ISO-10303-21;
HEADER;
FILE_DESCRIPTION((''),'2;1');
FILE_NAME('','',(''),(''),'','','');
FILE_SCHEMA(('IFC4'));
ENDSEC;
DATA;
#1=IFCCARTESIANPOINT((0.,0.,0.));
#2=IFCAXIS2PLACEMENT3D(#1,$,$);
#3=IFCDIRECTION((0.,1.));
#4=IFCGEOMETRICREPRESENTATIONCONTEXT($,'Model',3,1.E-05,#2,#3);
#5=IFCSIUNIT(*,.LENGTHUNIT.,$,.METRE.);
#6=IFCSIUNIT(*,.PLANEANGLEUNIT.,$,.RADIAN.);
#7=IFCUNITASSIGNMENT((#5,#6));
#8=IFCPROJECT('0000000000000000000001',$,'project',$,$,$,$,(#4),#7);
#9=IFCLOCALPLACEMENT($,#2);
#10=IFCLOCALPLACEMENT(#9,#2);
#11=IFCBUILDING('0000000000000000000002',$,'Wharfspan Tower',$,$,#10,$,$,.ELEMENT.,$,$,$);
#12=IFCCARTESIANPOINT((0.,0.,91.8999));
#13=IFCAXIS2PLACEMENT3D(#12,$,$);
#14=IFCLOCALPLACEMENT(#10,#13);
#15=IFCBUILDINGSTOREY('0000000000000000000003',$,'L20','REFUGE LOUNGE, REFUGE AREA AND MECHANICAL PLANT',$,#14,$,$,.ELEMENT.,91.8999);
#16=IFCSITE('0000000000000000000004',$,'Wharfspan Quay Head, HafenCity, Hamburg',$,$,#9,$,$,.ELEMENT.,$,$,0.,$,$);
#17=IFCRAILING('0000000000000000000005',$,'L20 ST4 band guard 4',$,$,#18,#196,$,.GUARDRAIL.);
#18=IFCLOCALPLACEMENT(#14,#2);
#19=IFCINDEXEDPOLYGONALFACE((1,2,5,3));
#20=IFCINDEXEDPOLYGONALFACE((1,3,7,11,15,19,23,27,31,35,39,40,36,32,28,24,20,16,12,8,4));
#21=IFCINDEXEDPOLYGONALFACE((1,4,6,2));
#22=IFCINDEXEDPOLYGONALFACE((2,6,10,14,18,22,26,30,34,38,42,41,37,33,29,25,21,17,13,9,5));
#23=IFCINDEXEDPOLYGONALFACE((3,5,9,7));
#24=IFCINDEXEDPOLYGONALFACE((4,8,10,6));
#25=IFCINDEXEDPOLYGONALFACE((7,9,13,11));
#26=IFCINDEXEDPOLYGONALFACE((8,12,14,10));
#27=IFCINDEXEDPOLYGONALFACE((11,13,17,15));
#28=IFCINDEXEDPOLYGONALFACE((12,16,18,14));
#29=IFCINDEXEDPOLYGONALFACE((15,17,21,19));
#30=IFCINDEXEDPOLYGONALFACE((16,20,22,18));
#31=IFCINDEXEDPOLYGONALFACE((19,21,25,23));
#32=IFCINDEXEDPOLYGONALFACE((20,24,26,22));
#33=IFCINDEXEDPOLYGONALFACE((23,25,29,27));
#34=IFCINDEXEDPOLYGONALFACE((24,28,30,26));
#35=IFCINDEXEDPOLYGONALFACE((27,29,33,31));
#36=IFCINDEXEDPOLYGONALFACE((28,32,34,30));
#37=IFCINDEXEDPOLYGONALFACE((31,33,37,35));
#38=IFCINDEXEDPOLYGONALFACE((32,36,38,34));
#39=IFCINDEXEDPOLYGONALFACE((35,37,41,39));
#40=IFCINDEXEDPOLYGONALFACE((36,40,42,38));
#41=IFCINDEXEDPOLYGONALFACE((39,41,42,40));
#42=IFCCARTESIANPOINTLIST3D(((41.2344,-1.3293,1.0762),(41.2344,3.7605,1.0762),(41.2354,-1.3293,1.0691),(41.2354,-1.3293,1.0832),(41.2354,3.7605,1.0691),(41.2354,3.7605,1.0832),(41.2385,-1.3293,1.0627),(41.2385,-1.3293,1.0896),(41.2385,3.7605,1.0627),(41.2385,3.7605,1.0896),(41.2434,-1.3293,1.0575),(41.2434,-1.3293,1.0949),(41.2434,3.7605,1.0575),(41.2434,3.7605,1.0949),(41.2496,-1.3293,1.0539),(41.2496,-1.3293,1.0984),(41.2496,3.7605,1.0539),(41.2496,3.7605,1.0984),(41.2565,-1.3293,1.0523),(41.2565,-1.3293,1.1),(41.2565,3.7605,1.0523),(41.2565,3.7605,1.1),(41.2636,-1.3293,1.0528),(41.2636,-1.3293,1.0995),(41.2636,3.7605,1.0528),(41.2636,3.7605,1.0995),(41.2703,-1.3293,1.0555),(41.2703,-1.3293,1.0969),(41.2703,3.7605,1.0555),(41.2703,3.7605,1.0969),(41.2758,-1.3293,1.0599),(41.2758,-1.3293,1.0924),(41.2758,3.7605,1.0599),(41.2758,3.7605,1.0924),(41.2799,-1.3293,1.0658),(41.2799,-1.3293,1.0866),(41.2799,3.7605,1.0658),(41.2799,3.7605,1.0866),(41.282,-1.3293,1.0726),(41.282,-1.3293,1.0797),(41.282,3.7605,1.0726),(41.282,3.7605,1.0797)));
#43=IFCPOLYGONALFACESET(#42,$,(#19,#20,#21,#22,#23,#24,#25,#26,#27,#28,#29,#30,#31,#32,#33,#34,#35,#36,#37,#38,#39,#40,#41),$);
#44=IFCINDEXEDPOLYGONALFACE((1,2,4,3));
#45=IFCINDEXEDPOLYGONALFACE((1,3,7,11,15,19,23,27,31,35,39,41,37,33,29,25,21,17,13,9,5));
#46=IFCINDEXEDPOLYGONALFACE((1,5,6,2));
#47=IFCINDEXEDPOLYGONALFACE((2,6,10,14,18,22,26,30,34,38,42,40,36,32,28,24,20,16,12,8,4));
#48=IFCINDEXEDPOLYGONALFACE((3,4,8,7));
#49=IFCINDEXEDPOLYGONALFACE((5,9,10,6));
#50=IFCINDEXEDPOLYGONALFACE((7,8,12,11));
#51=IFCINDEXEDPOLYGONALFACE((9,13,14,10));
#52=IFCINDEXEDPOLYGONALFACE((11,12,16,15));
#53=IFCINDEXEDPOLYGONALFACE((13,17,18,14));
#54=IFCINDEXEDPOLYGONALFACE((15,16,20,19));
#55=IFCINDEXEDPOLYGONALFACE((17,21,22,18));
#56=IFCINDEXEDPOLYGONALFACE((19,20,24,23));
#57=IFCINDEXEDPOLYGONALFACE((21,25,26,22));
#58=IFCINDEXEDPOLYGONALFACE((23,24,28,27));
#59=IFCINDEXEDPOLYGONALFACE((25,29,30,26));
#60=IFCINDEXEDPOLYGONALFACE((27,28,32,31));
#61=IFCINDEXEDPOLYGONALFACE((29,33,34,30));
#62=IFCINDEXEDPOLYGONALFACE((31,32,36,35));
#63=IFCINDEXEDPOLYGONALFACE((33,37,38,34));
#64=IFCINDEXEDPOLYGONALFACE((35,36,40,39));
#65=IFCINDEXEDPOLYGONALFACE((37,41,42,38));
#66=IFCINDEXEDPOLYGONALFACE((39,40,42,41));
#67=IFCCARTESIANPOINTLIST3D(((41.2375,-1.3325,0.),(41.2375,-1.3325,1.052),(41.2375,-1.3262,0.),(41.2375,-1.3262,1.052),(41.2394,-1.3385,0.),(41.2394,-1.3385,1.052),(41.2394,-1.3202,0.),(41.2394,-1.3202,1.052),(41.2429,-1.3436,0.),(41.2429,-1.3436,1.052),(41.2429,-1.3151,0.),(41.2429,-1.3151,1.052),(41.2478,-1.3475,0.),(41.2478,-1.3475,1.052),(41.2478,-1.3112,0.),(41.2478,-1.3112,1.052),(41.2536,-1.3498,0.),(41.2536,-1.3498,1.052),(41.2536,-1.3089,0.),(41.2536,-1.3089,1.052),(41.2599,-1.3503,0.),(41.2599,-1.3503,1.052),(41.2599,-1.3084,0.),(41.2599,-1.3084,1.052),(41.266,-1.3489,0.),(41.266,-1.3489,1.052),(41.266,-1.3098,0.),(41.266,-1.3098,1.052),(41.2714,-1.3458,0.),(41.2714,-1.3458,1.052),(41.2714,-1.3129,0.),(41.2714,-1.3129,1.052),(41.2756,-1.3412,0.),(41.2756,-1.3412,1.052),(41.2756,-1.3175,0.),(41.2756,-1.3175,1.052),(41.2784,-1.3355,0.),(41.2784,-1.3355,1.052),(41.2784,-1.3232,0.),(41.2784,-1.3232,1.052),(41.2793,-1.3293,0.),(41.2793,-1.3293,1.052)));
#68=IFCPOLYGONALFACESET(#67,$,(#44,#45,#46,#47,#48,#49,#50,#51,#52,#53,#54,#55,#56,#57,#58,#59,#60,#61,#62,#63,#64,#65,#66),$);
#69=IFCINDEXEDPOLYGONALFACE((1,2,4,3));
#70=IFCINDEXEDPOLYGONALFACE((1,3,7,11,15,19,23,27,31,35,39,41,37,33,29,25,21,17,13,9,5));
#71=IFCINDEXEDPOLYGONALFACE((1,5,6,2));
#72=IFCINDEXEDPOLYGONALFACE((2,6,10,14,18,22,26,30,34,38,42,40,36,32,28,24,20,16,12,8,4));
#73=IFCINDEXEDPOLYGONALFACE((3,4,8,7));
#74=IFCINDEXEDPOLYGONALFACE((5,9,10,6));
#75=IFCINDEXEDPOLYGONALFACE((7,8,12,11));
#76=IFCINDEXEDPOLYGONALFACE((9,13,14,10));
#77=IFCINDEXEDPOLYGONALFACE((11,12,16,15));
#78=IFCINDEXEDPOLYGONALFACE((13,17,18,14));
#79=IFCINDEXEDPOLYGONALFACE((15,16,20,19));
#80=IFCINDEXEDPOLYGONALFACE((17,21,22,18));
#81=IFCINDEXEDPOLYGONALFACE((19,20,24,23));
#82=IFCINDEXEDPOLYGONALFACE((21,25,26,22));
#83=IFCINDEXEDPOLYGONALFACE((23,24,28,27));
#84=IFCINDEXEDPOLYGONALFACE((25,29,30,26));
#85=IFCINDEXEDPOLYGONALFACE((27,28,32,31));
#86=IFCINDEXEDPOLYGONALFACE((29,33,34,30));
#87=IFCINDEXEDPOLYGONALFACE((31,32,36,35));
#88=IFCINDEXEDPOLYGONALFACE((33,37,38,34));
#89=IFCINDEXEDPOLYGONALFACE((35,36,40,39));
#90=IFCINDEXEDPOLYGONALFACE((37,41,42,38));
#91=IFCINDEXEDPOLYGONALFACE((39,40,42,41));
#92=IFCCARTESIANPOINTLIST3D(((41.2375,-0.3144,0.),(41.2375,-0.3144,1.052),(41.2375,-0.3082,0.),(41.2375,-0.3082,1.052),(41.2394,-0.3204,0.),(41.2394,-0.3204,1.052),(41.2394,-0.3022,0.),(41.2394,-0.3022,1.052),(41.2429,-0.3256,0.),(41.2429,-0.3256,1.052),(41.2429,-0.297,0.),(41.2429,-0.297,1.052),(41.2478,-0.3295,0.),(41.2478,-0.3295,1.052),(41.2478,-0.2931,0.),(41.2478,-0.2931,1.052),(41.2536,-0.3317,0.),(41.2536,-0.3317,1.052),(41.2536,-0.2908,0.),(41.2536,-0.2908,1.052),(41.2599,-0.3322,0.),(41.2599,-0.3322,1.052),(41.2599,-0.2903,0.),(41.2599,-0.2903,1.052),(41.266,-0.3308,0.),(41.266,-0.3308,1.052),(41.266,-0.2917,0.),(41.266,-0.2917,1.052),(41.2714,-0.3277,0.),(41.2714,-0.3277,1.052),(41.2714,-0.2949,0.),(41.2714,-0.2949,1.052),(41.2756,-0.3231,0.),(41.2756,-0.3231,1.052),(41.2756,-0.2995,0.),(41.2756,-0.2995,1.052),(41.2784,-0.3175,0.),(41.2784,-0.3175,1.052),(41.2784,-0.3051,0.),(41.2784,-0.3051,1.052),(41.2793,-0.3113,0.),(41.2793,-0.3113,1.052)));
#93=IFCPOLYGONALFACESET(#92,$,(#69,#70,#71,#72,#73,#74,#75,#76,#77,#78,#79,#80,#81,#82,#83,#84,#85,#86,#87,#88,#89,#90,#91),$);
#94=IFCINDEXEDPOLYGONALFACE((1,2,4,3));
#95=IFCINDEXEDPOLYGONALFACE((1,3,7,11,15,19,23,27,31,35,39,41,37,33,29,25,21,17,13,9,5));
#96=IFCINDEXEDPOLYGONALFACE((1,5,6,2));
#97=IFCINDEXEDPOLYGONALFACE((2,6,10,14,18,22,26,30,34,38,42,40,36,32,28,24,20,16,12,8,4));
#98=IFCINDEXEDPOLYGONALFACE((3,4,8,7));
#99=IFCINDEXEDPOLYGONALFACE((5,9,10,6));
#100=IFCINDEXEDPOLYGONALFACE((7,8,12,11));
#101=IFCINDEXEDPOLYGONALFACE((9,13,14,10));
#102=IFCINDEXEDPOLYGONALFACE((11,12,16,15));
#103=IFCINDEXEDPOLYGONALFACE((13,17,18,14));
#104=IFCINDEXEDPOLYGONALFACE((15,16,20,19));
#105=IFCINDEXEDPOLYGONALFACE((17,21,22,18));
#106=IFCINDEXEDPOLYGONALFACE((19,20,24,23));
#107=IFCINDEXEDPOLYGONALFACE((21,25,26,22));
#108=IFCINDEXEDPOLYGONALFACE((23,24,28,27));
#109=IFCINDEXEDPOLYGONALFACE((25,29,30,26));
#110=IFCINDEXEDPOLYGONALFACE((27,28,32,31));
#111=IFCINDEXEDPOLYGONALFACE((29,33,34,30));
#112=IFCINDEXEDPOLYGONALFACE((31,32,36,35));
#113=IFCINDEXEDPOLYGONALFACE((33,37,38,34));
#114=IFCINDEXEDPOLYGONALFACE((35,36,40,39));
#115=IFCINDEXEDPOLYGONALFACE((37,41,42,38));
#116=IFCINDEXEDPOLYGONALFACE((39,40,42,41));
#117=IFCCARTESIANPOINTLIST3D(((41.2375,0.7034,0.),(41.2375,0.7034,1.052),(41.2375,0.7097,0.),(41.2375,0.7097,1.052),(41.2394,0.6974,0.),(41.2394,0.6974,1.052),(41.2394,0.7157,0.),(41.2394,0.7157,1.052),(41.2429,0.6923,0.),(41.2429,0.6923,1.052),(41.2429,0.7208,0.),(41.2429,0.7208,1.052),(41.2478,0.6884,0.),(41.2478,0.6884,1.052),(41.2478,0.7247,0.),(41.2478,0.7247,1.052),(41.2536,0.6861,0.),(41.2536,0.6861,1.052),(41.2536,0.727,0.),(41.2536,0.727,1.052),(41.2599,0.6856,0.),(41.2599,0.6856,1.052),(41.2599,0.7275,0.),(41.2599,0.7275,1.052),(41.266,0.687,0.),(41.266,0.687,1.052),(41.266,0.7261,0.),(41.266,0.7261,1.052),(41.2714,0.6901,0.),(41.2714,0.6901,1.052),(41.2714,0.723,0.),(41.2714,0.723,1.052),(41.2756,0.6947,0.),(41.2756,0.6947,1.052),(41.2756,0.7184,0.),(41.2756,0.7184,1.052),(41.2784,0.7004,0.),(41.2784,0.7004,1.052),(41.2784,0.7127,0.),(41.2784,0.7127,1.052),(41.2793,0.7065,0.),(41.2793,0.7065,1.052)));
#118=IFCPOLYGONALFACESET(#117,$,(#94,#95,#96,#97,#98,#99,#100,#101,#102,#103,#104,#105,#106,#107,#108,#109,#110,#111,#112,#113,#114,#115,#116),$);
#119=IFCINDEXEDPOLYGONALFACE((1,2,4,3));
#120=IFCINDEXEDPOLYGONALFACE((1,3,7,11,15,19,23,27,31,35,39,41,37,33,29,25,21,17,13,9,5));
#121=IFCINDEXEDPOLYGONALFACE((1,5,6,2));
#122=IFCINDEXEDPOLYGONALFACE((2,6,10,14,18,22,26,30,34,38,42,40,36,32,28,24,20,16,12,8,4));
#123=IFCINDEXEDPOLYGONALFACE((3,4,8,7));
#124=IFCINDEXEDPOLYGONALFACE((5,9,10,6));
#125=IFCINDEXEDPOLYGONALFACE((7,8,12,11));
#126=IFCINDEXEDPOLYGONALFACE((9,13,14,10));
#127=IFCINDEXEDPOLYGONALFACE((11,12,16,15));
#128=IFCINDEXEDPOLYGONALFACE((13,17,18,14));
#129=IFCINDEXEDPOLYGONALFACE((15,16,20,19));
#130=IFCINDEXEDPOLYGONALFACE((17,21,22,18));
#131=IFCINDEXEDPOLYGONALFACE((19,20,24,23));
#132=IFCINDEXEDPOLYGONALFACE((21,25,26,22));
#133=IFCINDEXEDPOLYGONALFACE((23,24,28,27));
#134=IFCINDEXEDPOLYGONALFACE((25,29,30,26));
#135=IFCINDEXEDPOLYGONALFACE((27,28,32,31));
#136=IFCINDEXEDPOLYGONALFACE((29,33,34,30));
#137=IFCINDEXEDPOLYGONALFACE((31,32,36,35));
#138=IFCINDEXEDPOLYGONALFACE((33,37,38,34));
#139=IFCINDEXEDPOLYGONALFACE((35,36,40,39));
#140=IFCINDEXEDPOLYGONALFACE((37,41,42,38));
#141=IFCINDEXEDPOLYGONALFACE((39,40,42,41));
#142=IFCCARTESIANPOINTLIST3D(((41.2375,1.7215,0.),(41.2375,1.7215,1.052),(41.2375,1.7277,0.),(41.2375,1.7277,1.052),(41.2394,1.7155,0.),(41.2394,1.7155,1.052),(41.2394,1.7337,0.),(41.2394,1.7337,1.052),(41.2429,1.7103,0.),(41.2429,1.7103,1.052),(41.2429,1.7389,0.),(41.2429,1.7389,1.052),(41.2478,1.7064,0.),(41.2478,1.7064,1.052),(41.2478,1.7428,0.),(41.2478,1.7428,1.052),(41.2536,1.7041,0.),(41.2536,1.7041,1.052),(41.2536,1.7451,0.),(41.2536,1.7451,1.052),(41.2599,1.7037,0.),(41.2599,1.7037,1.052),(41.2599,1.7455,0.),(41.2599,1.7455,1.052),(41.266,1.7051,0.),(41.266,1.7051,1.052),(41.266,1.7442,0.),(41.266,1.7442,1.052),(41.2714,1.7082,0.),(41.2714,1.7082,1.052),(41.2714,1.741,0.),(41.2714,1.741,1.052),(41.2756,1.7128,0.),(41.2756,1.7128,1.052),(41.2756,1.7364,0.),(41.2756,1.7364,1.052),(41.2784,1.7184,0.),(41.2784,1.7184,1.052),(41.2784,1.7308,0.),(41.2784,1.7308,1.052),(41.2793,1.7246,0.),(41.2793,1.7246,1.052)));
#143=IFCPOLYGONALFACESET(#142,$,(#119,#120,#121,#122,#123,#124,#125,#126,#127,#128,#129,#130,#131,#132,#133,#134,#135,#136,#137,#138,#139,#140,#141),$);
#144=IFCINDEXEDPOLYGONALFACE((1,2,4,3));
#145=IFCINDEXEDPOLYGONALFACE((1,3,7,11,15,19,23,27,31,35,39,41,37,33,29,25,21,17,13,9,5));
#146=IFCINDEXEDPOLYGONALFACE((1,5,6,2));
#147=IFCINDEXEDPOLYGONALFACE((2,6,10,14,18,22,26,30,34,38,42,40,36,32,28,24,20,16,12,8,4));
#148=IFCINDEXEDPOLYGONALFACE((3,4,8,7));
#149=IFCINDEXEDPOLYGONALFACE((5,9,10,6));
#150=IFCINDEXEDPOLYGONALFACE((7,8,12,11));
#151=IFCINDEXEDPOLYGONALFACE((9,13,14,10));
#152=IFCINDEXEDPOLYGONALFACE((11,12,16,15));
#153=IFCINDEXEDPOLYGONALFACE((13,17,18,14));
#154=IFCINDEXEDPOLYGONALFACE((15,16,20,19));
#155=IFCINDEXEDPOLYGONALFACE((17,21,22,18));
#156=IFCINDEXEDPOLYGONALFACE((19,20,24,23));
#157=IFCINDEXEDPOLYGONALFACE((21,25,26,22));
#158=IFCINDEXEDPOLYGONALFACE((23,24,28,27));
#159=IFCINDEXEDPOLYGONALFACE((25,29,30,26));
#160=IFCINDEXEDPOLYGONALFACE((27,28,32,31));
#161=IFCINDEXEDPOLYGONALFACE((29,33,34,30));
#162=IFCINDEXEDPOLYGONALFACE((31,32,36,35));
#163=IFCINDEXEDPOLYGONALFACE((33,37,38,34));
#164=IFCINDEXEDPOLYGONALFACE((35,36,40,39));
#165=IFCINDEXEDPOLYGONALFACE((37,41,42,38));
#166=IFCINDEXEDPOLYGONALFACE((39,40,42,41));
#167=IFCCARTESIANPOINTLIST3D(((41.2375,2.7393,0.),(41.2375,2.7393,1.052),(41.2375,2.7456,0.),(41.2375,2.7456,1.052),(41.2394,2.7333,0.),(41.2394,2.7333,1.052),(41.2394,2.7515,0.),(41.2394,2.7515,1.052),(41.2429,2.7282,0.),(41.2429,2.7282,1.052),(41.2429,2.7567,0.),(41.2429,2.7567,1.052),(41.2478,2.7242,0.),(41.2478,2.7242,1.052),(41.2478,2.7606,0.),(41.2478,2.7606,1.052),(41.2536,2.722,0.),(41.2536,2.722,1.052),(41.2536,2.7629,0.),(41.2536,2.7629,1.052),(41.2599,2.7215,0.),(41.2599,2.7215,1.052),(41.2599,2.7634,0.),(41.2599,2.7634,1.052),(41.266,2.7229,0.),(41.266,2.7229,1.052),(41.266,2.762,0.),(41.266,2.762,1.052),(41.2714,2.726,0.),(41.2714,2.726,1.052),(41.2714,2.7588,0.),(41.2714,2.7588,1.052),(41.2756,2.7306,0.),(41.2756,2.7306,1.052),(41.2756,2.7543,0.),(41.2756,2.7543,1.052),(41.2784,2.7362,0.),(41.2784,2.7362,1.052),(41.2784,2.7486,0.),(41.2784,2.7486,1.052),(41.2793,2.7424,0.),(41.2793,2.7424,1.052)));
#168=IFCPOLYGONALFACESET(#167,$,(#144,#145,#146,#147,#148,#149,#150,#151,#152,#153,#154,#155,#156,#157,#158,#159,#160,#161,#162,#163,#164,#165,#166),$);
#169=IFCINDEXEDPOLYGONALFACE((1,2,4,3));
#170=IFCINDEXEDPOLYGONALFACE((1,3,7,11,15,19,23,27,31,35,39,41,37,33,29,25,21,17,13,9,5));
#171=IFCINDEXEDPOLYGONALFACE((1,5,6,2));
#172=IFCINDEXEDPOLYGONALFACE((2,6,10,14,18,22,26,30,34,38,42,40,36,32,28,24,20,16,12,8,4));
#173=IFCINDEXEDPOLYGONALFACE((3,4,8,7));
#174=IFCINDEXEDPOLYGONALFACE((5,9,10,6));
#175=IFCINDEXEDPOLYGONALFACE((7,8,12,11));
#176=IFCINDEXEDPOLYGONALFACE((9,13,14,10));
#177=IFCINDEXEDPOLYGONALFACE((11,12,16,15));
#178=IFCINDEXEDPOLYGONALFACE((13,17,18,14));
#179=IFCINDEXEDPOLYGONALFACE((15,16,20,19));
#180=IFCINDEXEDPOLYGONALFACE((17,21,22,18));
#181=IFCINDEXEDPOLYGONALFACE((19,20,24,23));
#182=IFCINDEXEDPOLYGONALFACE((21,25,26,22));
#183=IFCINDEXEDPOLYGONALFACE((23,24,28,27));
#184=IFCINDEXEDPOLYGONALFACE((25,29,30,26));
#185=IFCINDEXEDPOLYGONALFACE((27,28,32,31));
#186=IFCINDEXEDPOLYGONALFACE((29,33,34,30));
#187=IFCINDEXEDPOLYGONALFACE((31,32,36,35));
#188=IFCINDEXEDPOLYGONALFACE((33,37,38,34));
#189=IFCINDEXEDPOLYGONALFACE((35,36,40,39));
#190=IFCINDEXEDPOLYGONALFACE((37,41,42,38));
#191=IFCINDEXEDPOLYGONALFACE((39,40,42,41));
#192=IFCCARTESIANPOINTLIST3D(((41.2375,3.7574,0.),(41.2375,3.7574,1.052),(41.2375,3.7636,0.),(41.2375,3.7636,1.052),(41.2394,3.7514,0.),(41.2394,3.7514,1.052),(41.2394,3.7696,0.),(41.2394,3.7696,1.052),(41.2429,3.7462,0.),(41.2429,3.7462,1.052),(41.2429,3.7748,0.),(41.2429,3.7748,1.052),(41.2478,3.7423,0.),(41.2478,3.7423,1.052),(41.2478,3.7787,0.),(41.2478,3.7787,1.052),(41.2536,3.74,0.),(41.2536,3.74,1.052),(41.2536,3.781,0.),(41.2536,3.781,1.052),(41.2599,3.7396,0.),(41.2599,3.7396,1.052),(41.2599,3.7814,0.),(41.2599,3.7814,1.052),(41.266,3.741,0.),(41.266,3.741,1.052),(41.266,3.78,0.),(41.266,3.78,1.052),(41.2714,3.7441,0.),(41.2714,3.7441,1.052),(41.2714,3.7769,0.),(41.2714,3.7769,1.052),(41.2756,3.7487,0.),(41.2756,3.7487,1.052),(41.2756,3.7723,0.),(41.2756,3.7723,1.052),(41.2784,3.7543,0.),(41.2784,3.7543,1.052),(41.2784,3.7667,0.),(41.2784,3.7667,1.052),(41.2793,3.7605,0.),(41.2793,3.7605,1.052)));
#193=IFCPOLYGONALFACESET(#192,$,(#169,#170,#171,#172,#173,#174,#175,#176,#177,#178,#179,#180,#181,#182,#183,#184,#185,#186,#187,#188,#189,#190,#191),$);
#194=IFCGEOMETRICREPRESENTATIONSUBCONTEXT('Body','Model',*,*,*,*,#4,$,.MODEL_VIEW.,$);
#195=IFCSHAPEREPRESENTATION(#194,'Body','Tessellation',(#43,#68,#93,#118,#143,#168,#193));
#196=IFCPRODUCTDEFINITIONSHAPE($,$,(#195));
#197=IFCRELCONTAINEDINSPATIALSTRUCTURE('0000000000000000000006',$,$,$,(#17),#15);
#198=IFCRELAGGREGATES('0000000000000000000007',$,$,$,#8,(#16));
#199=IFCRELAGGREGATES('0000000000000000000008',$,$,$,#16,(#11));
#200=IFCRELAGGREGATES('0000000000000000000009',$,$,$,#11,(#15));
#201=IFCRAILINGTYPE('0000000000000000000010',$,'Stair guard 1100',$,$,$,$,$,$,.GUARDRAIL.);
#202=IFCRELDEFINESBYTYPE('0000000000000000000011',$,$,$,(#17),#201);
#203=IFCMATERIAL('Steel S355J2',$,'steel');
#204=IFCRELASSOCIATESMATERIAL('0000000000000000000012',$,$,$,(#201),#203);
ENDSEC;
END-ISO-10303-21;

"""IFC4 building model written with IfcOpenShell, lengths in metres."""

from ifc_helpers import new_model, si_unit, direction, frame, origin, origin_2d, place, context, subcontext, project, spatial, circle, extrude, material, type_object, element, save


model = new_model("IFC4")

# Units and contexts
model_context = context("Model", 3, precision=1e-05, world=origin(), true_north=direction((0.0, 1.0)))
body_context = subcontext(model_context, "Body", "Model", "MODEL_VIEW")
ifc_project = project(units=[si_unit("LENGTHUNIT", "METRE"), si_unit("PLANEANGLEUNIT", "RADIAN")], contexts=[model_context])

# Site, building, storey
site_placement = place(None, origin())
site = spatial("IfcSite", under=ifc_project, at=site_placement, Name="Wharfspan Quay Head, HafenCity, Hamburg", CompositionType="ELEMENT", RefElevation=0.0)
building_placement = place(site_placement, origin())
building = spatial("IfcBuilding", under=site, at=building_placement, Name="Wharfspan Tower", CompositionType="ELEMENT")
storey_placement = place(building_placement, frame((0.0, 0.0, 91.8999)))
storey = spatial("IfcBuildingStorey", under=building, at=storey_placement, Name="L20", Description="REFUGE LOUNGE, REFUGE AREA AND MECHANICAL PLANT", CompositionType="ELEMENT", Elevation=91.8999)

# Shared definitions
ifc_material_1 = material(Name="Steel S355J2", Category="steel")

# Railing
railing_type = type_object("IfcRailingType", Name="Stair guard 1100", PredefinedType="GUARDRAIL", material=ifc_material_1)
railing_placement = place(storey_placement, frame((41.2583, -1.3293, 0.0)))
element("IfcRailing", 1, at=railing_placement, inside=storey, type_object=railing_type, Name="L20 ST4 band guard 4", PredefinedType="GUARDRAIL", context=body_context, shape_type="SweptSolid", body=[
    extrude(circle(Radius=0.0239, at=origin_2d()), frame((0.0, 0.0, 1.0762), z_axis=(0.0, 1.0, 0.0), x_axis=(-1.0, 0.0, 0.0)), (0.0, 0.0, 1.0), 5.0898),
    extrude(circle(Radius=0.021, at=origin_2d()), origin(), (0.0, 0.0, 1.0), 1.052),
    extrude(circle(Radius=0.021, at=origin_2d()), frame((0.0, 1.0181, 0.0)), (0.0, 0.0, 1.0), 1.052),
    extrude(circle(Radius=0.021, at=origin_2d()), frame((0.0, 2.0359, 0.0)), (0.0, 0.0, 1.0), 1.052),
    extrude(circle(Radius=0.021, at=origin_2d()), frame((0.0, 3.054, 0.0)), (0.0, 0.0, 1.0), 1.052),
    extrude(circle(Radius=0.021, at=origin_2d()), frame((0.0, 4.0718, 0.0)), (0.0, 0.0, 1.0), 1.052),
    extrude(circle(Radius=0.021, at=origin_2d()), frame((0.0, 5.0898, 0.0)), (0.0, 0.0, 1.0), 1.052),
])

save(model, "model.ifc")
